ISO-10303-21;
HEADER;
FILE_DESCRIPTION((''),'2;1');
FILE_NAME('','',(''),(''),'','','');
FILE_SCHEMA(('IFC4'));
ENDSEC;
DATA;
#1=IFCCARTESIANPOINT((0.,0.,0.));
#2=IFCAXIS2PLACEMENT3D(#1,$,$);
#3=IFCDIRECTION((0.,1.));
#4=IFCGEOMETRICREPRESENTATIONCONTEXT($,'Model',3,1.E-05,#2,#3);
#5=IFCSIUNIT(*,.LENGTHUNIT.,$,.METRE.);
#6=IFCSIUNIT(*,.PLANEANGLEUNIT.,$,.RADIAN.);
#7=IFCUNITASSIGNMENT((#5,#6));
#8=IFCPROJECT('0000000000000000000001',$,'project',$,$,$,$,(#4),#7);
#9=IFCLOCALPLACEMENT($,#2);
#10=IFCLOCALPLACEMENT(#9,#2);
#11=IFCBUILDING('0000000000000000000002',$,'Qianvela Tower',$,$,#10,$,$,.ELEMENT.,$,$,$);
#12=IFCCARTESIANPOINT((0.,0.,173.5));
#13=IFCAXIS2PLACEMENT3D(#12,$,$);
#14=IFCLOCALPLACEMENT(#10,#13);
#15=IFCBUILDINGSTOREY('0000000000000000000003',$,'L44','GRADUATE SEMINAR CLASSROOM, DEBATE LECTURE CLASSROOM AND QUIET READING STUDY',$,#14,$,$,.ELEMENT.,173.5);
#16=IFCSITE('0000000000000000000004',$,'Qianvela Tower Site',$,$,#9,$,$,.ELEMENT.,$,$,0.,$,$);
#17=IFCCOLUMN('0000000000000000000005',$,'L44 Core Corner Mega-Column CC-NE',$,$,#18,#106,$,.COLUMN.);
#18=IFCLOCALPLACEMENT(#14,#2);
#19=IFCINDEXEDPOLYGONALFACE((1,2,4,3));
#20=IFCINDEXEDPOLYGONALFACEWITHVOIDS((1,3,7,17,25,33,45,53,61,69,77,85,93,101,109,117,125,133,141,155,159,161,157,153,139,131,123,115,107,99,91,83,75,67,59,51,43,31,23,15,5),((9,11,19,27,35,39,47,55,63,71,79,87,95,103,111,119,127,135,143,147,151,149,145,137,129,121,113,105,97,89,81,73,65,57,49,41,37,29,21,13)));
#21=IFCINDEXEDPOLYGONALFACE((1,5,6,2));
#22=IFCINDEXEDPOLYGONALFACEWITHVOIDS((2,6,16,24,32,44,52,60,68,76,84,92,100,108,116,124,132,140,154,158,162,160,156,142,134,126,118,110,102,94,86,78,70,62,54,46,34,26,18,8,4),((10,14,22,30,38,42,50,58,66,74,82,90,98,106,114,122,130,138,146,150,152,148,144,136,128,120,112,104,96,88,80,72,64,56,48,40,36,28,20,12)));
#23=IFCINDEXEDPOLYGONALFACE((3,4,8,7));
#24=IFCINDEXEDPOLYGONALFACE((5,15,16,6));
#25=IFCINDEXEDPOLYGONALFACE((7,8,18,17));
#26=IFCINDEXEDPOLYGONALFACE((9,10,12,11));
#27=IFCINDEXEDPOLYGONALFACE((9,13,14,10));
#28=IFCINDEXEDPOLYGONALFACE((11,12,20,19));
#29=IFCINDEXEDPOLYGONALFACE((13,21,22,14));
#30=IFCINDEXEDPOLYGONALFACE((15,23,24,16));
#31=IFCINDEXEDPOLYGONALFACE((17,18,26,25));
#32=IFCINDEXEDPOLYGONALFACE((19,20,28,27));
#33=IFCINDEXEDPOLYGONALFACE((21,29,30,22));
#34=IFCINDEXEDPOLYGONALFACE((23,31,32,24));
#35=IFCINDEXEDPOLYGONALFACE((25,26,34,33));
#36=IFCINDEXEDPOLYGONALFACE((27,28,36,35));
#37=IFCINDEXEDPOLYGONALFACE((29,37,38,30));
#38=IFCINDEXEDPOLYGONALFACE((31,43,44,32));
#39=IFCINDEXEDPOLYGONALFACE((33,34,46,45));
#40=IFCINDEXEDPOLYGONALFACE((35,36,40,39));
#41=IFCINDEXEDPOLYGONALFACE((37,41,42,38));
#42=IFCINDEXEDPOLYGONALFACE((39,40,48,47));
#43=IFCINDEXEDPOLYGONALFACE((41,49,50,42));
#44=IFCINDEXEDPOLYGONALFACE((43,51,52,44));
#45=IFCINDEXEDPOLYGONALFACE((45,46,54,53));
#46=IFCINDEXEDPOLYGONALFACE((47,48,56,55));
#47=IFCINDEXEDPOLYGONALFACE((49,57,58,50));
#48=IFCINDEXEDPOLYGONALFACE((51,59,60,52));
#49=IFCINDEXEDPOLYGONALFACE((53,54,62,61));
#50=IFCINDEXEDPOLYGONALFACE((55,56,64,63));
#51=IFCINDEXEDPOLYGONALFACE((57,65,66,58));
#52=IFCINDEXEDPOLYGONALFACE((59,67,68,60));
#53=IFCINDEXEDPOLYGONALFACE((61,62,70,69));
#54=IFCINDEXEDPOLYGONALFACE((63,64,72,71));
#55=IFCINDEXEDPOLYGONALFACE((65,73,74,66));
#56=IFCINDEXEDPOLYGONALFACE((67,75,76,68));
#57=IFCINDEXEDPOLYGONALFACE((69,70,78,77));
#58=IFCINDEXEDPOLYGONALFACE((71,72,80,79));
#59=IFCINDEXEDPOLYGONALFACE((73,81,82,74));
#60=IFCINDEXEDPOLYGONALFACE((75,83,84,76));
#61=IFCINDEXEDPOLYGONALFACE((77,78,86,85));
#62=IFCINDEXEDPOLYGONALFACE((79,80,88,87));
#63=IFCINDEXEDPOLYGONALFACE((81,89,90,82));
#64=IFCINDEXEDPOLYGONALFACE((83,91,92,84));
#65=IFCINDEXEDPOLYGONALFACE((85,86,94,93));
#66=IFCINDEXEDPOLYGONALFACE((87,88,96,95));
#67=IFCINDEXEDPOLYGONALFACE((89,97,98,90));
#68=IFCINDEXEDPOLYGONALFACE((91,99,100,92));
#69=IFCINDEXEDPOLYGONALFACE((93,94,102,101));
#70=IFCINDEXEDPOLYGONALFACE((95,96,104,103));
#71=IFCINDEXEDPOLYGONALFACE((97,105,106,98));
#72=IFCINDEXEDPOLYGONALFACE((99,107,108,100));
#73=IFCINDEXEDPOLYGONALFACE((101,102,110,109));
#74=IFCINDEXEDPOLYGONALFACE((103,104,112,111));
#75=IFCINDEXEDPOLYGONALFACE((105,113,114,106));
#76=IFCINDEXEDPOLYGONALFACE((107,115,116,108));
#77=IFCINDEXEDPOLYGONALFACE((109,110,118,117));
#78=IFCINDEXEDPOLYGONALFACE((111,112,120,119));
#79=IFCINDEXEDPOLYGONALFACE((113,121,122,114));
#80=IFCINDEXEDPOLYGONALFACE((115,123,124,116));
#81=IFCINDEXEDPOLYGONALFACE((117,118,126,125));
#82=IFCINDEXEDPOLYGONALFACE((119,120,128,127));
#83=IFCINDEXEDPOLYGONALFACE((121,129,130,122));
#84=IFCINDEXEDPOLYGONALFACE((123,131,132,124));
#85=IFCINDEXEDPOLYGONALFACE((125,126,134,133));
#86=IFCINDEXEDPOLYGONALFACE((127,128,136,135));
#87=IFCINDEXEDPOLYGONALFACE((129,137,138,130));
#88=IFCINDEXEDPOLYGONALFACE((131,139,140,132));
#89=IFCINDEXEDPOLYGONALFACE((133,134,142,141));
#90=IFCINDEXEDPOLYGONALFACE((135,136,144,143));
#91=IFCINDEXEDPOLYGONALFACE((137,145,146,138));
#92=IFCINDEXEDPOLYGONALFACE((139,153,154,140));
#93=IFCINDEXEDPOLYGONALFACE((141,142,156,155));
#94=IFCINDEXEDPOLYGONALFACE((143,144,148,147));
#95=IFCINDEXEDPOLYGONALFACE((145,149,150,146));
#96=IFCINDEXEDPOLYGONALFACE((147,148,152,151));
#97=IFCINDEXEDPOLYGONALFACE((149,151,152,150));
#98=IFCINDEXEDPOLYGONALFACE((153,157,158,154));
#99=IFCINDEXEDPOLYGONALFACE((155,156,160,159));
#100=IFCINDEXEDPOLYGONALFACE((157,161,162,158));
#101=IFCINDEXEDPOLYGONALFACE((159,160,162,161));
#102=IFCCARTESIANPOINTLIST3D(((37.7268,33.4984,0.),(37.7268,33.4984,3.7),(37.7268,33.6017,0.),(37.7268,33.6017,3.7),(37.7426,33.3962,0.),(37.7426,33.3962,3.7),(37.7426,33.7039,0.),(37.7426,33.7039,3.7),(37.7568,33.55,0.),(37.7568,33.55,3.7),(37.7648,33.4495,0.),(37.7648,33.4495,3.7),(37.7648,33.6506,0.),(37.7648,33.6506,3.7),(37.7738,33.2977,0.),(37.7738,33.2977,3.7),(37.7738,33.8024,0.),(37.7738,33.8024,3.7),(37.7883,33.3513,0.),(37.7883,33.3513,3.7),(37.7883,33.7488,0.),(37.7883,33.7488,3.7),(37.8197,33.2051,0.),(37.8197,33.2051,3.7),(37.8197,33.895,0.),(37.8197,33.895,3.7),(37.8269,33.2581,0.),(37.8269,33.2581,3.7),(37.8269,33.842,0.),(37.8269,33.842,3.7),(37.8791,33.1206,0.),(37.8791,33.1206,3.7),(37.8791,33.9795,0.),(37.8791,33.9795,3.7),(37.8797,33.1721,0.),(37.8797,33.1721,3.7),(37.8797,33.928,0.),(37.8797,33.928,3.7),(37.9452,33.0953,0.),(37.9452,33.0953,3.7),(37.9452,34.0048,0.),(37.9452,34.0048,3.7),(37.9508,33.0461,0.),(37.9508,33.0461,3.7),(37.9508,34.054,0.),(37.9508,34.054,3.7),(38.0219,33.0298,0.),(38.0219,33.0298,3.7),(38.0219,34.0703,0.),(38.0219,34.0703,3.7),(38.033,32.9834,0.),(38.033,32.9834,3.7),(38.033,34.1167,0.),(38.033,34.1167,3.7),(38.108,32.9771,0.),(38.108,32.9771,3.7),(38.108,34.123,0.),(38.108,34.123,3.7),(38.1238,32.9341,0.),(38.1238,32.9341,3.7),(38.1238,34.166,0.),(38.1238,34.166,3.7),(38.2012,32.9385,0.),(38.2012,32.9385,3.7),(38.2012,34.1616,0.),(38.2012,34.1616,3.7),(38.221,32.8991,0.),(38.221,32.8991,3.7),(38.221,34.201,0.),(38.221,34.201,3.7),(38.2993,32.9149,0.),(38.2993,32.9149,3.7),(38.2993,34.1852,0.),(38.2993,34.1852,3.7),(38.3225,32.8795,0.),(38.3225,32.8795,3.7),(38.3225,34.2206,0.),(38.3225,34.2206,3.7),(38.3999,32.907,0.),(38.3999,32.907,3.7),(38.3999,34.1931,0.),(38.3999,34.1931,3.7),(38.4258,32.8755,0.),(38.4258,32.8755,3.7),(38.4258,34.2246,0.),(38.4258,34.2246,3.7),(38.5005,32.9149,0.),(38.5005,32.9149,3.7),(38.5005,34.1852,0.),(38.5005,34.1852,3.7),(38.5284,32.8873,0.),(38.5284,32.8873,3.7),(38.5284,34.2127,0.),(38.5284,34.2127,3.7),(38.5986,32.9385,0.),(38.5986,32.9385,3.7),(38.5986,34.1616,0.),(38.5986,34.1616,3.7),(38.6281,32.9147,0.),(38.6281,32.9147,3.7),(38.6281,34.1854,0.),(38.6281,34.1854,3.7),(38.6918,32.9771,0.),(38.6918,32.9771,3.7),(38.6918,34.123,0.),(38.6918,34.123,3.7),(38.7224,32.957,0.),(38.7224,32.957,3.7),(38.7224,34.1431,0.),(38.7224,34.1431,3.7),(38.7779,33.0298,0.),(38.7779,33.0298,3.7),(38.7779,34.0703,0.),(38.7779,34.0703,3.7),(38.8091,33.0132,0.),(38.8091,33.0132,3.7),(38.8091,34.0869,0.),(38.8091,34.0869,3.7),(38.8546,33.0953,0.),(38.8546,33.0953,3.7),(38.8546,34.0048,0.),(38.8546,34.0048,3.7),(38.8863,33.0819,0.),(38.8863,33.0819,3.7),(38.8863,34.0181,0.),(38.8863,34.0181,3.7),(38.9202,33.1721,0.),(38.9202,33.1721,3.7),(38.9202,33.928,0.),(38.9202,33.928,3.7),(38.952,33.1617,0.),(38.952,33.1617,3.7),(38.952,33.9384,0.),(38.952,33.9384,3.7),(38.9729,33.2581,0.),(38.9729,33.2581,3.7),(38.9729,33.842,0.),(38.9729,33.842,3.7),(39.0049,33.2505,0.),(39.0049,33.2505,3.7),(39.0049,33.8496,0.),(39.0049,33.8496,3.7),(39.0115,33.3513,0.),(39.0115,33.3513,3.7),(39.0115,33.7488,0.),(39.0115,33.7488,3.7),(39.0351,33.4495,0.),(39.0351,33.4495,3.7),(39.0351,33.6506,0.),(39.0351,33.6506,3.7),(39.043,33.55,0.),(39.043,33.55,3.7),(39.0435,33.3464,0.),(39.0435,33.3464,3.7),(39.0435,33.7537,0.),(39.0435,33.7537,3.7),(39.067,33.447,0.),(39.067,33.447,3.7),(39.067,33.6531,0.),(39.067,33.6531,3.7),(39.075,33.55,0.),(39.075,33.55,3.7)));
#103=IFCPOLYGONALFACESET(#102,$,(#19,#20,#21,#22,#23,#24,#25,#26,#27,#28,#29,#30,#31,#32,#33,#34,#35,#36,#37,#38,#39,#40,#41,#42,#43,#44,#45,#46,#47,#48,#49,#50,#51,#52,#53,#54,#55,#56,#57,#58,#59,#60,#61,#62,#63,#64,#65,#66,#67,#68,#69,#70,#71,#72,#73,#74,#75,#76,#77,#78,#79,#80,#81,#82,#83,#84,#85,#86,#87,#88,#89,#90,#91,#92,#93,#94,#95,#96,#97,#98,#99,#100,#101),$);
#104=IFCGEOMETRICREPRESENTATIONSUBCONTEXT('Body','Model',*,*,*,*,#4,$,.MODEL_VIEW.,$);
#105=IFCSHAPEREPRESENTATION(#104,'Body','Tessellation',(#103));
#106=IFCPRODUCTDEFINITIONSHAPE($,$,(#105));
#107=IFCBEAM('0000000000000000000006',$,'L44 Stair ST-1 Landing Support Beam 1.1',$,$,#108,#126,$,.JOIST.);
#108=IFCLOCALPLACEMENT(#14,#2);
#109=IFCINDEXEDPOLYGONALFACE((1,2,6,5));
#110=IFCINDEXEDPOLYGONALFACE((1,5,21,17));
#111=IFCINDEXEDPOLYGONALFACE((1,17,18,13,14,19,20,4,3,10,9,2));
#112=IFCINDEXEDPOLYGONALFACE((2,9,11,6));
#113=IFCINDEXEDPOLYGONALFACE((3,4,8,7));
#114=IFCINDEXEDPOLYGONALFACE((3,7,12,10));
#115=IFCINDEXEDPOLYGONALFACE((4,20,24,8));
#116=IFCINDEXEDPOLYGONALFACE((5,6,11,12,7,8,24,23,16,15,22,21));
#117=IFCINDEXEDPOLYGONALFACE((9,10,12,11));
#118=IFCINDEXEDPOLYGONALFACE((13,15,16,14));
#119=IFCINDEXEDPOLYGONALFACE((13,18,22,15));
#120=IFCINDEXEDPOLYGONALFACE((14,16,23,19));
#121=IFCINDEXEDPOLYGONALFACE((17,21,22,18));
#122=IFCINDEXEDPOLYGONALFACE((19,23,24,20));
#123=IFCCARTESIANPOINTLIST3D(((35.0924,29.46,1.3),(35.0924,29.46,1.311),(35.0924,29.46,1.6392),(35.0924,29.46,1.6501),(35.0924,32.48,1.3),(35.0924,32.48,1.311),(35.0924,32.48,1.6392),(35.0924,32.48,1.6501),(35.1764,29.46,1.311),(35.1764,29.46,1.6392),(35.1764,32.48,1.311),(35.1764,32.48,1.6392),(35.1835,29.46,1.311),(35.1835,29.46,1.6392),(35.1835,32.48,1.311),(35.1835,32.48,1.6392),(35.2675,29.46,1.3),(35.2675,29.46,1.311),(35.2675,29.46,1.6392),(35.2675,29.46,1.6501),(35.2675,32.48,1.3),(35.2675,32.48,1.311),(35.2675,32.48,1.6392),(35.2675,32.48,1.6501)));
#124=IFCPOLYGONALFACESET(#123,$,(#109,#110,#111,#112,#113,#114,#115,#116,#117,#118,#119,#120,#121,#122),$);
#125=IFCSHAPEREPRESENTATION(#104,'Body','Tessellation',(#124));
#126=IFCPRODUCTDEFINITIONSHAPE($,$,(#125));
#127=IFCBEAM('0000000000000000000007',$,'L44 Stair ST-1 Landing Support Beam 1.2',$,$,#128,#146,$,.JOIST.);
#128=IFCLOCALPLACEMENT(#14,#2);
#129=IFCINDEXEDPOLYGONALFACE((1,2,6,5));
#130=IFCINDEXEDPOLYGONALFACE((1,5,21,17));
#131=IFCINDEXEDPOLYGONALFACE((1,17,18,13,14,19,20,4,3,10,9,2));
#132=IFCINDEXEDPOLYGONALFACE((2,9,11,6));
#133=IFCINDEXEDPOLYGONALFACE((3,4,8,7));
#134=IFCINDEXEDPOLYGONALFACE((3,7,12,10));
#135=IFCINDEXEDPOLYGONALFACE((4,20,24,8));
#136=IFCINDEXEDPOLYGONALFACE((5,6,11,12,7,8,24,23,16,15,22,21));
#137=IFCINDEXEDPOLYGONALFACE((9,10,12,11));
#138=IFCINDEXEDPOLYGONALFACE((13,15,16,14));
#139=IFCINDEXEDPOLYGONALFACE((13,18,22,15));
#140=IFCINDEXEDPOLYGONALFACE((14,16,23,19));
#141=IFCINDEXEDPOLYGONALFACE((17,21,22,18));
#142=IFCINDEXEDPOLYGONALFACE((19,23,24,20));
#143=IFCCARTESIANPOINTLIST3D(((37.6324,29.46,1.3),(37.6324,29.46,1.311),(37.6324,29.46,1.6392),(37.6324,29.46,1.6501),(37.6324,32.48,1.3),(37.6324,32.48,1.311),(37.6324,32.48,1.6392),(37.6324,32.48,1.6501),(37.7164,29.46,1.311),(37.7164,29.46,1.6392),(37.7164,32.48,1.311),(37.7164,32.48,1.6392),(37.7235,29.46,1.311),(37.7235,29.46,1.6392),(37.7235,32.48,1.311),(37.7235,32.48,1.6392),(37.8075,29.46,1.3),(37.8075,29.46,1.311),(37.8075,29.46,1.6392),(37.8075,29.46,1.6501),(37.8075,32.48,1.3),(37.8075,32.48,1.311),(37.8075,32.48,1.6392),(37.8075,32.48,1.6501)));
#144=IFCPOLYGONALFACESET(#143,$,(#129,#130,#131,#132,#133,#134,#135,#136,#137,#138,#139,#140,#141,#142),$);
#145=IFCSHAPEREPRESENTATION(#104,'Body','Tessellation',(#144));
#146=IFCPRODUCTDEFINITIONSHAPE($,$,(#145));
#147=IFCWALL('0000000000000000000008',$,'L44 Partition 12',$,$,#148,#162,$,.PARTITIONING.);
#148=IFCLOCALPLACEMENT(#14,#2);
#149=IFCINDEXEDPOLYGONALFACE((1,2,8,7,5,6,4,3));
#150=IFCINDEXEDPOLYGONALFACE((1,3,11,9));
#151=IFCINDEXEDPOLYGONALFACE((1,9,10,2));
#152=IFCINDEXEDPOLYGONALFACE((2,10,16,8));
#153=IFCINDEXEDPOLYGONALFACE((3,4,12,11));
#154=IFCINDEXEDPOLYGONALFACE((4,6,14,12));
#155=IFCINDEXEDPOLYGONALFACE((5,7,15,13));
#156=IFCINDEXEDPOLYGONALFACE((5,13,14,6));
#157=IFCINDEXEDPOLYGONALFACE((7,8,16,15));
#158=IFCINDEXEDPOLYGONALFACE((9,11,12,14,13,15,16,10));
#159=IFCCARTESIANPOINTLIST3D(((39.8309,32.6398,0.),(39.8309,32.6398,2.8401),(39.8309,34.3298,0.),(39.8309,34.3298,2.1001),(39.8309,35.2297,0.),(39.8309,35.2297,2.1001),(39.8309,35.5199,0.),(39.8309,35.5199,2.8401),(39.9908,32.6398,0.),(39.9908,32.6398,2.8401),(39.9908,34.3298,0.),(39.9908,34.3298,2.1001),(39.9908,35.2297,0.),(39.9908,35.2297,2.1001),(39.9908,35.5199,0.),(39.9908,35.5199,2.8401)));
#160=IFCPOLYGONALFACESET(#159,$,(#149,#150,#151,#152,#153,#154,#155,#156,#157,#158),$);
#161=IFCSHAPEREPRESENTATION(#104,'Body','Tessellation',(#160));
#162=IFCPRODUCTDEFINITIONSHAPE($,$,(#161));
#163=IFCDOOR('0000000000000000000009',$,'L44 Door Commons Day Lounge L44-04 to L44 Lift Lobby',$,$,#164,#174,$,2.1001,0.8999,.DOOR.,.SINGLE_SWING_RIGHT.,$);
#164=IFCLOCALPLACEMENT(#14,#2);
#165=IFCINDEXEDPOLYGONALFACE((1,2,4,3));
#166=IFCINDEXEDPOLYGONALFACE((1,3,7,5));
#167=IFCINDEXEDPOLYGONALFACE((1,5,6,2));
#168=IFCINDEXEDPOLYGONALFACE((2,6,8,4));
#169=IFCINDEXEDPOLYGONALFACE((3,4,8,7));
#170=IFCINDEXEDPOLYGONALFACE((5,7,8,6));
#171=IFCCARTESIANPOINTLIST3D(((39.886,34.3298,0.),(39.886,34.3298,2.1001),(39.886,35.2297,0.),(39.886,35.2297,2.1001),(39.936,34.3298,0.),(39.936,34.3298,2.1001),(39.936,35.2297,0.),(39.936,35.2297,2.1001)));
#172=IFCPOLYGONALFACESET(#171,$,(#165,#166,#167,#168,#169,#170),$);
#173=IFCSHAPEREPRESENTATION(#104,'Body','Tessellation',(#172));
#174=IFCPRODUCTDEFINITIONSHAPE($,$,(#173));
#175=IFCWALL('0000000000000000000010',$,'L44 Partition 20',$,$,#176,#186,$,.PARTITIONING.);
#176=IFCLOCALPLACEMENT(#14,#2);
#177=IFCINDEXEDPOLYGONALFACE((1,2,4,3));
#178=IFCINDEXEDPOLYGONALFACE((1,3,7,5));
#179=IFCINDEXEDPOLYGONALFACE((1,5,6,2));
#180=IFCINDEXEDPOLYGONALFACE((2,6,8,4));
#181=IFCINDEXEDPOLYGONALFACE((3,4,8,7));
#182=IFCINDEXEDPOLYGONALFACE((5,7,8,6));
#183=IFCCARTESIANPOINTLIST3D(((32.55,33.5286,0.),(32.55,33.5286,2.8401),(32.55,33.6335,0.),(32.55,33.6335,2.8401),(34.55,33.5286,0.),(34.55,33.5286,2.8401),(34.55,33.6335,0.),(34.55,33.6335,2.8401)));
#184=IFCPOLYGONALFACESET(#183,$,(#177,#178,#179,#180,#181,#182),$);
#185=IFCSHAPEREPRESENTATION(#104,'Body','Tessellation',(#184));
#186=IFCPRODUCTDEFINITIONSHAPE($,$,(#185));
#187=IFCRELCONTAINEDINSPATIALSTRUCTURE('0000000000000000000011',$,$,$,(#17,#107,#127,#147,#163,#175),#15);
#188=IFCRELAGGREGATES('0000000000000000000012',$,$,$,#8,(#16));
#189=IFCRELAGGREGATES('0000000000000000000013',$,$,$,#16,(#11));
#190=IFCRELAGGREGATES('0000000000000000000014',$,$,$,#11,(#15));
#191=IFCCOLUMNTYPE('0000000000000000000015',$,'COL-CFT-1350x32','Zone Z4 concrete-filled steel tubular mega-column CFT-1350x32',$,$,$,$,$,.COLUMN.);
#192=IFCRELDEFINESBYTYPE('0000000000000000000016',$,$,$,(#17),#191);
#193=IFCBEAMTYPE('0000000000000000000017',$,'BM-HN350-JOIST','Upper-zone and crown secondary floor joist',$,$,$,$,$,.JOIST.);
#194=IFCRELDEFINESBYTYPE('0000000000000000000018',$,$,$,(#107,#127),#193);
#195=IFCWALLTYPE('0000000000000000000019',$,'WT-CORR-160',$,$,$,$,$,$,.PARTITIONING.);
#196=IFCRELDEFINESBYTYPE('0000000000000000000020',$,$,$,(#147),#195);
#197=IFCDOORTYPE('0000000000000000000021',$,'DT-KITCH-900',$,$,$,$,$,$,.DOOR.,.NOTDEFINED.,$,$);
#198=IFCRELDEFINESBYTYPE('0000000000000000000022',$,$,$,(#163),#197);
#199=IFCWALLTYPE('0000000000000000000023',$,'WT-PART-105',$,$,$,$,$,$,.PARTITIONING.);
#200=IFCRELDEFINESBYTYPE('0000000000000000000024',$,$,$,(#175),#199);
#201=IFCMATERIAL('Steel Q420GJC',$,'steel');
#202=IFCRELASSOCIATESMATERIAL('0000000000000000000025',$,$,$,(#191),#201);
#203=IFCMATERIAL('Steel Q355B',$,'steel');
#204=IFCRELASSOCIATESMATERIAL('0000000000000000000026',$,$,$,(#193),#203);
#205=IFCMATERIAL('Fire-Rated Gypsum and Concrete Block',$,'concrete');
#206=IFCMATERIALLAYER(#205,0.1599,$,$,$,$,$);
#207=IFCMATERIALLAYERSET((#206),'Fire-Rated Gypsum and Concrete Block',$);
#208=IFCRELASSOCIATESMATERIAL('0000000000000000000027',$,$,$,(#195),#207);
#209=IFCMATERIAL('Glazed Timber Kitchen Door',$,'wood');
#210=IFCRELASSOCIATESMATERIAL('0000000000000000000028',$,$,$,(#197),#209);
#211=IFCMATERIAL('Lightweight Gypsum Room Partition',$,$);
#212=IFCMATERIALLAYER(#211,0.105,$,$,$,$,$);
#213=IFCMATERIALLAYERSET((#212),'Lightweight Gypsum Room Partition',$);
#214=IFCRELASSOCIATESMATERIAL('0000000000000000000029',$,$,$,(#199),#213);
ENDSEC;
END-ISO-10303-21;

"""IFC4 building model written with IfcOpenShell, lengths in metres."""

from ifc_helpers import new_model, si_unit, direction, frame, frame_2d, origin, origin_2d, place, context, subcontext, project, spatial, rectangle, hollow_circle, i_section, extrude, material, layer, layer_set, material_profile, profile_set, type_object, element, fill, save


model = new_model("IFC4")

# Units and contexts
model_context = context("Model", 3, precision=1e-05, world=origin(), true_north=direction((0.0, 1.0)))
body_context = subcontext(model_context, "Body", "Model", "MODEL_VIEW")
ifc_project = project(units=[si_unit("LENGTHUNIT", "METRE"), si_unit("PLANEANGLEUNIT", "RADIAN")], contexts=[model_context])

# Site, building, storey
site_placement = place(None, origin())
site = spatial("IfcSite", under=ifc_project, at=site_placement, Name="Qianvela Tower Site", CompositionType="ELEMENT", RefElevation=0.0)
building_placement = place(site_placement, origin())
building = spatial("IfcBuilding", under=site, at=building_placement, Name="Qianvela Tower", CompositionType="ELEMENT")
storey_placement = place(building_placement, frame((0.0, 0.0, 173.5)))
storey = spatial("IfcBuildingStorey", under=building, at=storey_placement, Name="L44", Description="GRADUATE SEMINAR CLASSROOM, DEBATE LECTURE CLASSROOM AND QUIET READING STUDY", CompositionType="ELEMENT", Elevation=173.5)

# Column
ifc_material_1 = material(Name="Steel Q420GJC", Category="steel")
ifc_material_profile_1 = material_profile(ifc_material_1, hollow_circle(Radius=0.675, WallThickness=0.032, at=origin_2d()), Name="CFT-1350x32")
ifc_profile_set_1 = profile_set([ifc_material_profile_1], Name="Steel Q420GJC")
column_type = type_object("IfcColumnType", Name="COL-CFT-1350x32", Description="Zone Z4 concrete-filled steel tubular mega-column CFT-1350x32", PredefinedType="COLUMN", material=ifc_profile_set_1)
column_placement = place(storey_placement, frame((38.3999, 33.55, 0.0), z_axis=(0.0, 0.0, 1.0), x_axis=(1.0, 0.0, 0.0)))
element("IfcColumn", 1, at=column_placement, inside=storey, type_object=column_type, Name="L44 Core Corner Mega-Column CC-NE", PredefinedType="COLUMN", context=body_context, shape_type="SweptSolid", body=[
    extrude(hollow_circle(Radius=0.675, WallThickness=0.032, at=origin_2d()), origin(), (0.0, 0.0, 1.0), 3.7),
])

# Beams
ifc_material_2 = material(Name="Steel Q355B", Category="steel")
ifc_material_profile_2 = material_profile(ifc_material_2, i_section(OverallWidth=0.175, OverallDepth=0.3501, WebThickness=0.0071, FlangeThickness=0.011, at=origin_2d()), Name="HN350x175x7x11")
ifc_profile_set_2 = profile_set([ifc_material_profile_2], Name="Steel Q355B")
beam_type = type_object("IfcBeamType", Name="BM-HN350-JOIST", Description="Upper-zone and crown secondary floor joist", PredefinedType="JOIST", material=ifc_profile_set_2)
for number, where, z_axis, x_axis, name in (
    (2, (35.1799, 29.46, 1.4751), (0.0, 1.0, 0.0), (-1.0, 0.0, 0.0), "L44 Stair ST-1 Landing Support Beam 1.1"),
    (3, (37.72, 29.46, 1.4751), (0.0, 1.0, 0.0), (-1.0, 0.0, 0.0), "L44 Stair ST-1 Landing Support Beam 1.2"),
):
    element("IfcBeam", number, at=place(storey_placement, frame(where, z_axis=z_axis, x_axis=x_axis)), inside=storey, type_object=beam_type, Name=name, PredefinedType="JOIST", context=body_context, shape_type="SweptSolid", body=[
        extrude(i_section(OverallWidth=0.175, OverallDepth=0.3501, WebThickness=0.0071, FlangeThickness=0.011, at=origin_2d()), origin(), (0.0, 0.0, 1.0), 3.02),
    ])

# Wall, opening, door
ifc_material_3 = material(Name="Fire-Rated Gypsum and Concrete Block", Category="concrete")
ifc_layer_1 = layer(ifc_material_3, 0.1599)
ifc_layer_set_1 = layer_set([ifc_layer_1], Name="Fire-Rated Gypsum and Concrete Block")
wall_type_1 = type_object("IfcWallType", Name="WT-CORR-160", PredefinedType="PARTITIONING", material=ifc_layer_set_1)
wall_1_placement = place(storey_placement, frame((39.9109, 32.6399, 0.0), z_axis=(0.0, 0.0, 1.0), x_axis=(0.0, 1.0, 0.0)))
wall_1 = element("IfcWall", 4, at=wall_1_placement, inside=storey, type_object=wall_type_1, Name="L44 Partition 12", PredefinedType="PARTITIONING", context=body_context, shape_type="SweptSolid", body=[
    extrude(rectangle(XDim=2.8801, YDim=0.1599, at=frame_2d((1.4399, 0.0))), origin(), (0.0, 0.0, 1.0), 2.8401),
])
opening_1_placement = place(wall_1_placement, frame((1.6899, 0.0, 0.0)))
opening_1 = element("IfcOpeningElement", 5, at=opening_1_placement, cuts=wall_1, PredefinedType="OPENING", context=body_context, shape_type="SweptSolid", body=[
    extrude(rectangle(XDim=0.8999, YDim=2.1001, at=frame_2d((0.45, 1.05))), frame((0.0, 0.0898, 0.0), z_axis=(0.0, -1.0, 0.0), x_axis=(1.0, 0.0, 0.0)), (0.0, 0.0, 1.0), 0.1799),
])
ifc_material_4 = material(Name="Glazed Timber Kitchen Door", Category="wood")
door_type_1 = type_object("IfcDoorType", Name="DT-KITCH-900", OperationType="NOTDEFINED", PredefinedType="DOOR", material=ifc_material_4)
door_1_placement = place(opening_1_placement, origin())
door_1 = element("IfcDoor", 6, at=door_1_placement, inside=storey, type_object=door_type_1, Name="L44 Door Commons Day Lounge L44-04 to L44 Lift Lobby", OperationType="SINGLE_SWING_RIGHT", OverallHeight=2.1001, OverallWidth=0.8999, PredefinedType="DOOR", context=body_context, shape_type="SweptSolid", body=[
    extrude(rectangle(XDim=0.8999, YDim=2.1001, at=frame_2d((0.45, 1.05))), frame((0.0, 0.0249, 0.0), z_axis=(0.0, -1.0, 0.0), x_axis=(1.0, 0.0, 0.0)), (0.0, 0.0, 1.0), 0.05),
])
fill(opening_1, door_1)

# Wall
ifc_material_5 = material(Name="Lightweight Gypsum Room Partition")
ifc_layer_2 = layer(ifc_material_5, 0.105)
ifc_layer_set_2 = layer_set([ifc_layer_2], Name="Lightweight Gypsum Room Partition")
wall_type_2 = type_object("IfcWallType", Name="WT-PART-105", PredefinedType="PARTITIONING", material=ifc_layer_set_2)
wall_2_placement = place(storey_placement, frame((34.55, 33.5811, 0.0), z_axis=(0.0, 0.0, 1.0), x_axis=(-1.0, 0.0, 0.0)))
element("IfcWall", 7, at=wall_2_placement, inside=storey, type_object=wall_type_2, Name="L44 Partition 20", PredefinedType="PARTITIONING", context=body_context, shape_type="SweptSolid", body=[
    extrude(rectangle(XDim=2.0, YDim=0.105, at=frame_2d((1.0, 0.0))), origin(), (0.0, 0.0, 1.0), 2.8401),
])

save(model, "model.ifc")
